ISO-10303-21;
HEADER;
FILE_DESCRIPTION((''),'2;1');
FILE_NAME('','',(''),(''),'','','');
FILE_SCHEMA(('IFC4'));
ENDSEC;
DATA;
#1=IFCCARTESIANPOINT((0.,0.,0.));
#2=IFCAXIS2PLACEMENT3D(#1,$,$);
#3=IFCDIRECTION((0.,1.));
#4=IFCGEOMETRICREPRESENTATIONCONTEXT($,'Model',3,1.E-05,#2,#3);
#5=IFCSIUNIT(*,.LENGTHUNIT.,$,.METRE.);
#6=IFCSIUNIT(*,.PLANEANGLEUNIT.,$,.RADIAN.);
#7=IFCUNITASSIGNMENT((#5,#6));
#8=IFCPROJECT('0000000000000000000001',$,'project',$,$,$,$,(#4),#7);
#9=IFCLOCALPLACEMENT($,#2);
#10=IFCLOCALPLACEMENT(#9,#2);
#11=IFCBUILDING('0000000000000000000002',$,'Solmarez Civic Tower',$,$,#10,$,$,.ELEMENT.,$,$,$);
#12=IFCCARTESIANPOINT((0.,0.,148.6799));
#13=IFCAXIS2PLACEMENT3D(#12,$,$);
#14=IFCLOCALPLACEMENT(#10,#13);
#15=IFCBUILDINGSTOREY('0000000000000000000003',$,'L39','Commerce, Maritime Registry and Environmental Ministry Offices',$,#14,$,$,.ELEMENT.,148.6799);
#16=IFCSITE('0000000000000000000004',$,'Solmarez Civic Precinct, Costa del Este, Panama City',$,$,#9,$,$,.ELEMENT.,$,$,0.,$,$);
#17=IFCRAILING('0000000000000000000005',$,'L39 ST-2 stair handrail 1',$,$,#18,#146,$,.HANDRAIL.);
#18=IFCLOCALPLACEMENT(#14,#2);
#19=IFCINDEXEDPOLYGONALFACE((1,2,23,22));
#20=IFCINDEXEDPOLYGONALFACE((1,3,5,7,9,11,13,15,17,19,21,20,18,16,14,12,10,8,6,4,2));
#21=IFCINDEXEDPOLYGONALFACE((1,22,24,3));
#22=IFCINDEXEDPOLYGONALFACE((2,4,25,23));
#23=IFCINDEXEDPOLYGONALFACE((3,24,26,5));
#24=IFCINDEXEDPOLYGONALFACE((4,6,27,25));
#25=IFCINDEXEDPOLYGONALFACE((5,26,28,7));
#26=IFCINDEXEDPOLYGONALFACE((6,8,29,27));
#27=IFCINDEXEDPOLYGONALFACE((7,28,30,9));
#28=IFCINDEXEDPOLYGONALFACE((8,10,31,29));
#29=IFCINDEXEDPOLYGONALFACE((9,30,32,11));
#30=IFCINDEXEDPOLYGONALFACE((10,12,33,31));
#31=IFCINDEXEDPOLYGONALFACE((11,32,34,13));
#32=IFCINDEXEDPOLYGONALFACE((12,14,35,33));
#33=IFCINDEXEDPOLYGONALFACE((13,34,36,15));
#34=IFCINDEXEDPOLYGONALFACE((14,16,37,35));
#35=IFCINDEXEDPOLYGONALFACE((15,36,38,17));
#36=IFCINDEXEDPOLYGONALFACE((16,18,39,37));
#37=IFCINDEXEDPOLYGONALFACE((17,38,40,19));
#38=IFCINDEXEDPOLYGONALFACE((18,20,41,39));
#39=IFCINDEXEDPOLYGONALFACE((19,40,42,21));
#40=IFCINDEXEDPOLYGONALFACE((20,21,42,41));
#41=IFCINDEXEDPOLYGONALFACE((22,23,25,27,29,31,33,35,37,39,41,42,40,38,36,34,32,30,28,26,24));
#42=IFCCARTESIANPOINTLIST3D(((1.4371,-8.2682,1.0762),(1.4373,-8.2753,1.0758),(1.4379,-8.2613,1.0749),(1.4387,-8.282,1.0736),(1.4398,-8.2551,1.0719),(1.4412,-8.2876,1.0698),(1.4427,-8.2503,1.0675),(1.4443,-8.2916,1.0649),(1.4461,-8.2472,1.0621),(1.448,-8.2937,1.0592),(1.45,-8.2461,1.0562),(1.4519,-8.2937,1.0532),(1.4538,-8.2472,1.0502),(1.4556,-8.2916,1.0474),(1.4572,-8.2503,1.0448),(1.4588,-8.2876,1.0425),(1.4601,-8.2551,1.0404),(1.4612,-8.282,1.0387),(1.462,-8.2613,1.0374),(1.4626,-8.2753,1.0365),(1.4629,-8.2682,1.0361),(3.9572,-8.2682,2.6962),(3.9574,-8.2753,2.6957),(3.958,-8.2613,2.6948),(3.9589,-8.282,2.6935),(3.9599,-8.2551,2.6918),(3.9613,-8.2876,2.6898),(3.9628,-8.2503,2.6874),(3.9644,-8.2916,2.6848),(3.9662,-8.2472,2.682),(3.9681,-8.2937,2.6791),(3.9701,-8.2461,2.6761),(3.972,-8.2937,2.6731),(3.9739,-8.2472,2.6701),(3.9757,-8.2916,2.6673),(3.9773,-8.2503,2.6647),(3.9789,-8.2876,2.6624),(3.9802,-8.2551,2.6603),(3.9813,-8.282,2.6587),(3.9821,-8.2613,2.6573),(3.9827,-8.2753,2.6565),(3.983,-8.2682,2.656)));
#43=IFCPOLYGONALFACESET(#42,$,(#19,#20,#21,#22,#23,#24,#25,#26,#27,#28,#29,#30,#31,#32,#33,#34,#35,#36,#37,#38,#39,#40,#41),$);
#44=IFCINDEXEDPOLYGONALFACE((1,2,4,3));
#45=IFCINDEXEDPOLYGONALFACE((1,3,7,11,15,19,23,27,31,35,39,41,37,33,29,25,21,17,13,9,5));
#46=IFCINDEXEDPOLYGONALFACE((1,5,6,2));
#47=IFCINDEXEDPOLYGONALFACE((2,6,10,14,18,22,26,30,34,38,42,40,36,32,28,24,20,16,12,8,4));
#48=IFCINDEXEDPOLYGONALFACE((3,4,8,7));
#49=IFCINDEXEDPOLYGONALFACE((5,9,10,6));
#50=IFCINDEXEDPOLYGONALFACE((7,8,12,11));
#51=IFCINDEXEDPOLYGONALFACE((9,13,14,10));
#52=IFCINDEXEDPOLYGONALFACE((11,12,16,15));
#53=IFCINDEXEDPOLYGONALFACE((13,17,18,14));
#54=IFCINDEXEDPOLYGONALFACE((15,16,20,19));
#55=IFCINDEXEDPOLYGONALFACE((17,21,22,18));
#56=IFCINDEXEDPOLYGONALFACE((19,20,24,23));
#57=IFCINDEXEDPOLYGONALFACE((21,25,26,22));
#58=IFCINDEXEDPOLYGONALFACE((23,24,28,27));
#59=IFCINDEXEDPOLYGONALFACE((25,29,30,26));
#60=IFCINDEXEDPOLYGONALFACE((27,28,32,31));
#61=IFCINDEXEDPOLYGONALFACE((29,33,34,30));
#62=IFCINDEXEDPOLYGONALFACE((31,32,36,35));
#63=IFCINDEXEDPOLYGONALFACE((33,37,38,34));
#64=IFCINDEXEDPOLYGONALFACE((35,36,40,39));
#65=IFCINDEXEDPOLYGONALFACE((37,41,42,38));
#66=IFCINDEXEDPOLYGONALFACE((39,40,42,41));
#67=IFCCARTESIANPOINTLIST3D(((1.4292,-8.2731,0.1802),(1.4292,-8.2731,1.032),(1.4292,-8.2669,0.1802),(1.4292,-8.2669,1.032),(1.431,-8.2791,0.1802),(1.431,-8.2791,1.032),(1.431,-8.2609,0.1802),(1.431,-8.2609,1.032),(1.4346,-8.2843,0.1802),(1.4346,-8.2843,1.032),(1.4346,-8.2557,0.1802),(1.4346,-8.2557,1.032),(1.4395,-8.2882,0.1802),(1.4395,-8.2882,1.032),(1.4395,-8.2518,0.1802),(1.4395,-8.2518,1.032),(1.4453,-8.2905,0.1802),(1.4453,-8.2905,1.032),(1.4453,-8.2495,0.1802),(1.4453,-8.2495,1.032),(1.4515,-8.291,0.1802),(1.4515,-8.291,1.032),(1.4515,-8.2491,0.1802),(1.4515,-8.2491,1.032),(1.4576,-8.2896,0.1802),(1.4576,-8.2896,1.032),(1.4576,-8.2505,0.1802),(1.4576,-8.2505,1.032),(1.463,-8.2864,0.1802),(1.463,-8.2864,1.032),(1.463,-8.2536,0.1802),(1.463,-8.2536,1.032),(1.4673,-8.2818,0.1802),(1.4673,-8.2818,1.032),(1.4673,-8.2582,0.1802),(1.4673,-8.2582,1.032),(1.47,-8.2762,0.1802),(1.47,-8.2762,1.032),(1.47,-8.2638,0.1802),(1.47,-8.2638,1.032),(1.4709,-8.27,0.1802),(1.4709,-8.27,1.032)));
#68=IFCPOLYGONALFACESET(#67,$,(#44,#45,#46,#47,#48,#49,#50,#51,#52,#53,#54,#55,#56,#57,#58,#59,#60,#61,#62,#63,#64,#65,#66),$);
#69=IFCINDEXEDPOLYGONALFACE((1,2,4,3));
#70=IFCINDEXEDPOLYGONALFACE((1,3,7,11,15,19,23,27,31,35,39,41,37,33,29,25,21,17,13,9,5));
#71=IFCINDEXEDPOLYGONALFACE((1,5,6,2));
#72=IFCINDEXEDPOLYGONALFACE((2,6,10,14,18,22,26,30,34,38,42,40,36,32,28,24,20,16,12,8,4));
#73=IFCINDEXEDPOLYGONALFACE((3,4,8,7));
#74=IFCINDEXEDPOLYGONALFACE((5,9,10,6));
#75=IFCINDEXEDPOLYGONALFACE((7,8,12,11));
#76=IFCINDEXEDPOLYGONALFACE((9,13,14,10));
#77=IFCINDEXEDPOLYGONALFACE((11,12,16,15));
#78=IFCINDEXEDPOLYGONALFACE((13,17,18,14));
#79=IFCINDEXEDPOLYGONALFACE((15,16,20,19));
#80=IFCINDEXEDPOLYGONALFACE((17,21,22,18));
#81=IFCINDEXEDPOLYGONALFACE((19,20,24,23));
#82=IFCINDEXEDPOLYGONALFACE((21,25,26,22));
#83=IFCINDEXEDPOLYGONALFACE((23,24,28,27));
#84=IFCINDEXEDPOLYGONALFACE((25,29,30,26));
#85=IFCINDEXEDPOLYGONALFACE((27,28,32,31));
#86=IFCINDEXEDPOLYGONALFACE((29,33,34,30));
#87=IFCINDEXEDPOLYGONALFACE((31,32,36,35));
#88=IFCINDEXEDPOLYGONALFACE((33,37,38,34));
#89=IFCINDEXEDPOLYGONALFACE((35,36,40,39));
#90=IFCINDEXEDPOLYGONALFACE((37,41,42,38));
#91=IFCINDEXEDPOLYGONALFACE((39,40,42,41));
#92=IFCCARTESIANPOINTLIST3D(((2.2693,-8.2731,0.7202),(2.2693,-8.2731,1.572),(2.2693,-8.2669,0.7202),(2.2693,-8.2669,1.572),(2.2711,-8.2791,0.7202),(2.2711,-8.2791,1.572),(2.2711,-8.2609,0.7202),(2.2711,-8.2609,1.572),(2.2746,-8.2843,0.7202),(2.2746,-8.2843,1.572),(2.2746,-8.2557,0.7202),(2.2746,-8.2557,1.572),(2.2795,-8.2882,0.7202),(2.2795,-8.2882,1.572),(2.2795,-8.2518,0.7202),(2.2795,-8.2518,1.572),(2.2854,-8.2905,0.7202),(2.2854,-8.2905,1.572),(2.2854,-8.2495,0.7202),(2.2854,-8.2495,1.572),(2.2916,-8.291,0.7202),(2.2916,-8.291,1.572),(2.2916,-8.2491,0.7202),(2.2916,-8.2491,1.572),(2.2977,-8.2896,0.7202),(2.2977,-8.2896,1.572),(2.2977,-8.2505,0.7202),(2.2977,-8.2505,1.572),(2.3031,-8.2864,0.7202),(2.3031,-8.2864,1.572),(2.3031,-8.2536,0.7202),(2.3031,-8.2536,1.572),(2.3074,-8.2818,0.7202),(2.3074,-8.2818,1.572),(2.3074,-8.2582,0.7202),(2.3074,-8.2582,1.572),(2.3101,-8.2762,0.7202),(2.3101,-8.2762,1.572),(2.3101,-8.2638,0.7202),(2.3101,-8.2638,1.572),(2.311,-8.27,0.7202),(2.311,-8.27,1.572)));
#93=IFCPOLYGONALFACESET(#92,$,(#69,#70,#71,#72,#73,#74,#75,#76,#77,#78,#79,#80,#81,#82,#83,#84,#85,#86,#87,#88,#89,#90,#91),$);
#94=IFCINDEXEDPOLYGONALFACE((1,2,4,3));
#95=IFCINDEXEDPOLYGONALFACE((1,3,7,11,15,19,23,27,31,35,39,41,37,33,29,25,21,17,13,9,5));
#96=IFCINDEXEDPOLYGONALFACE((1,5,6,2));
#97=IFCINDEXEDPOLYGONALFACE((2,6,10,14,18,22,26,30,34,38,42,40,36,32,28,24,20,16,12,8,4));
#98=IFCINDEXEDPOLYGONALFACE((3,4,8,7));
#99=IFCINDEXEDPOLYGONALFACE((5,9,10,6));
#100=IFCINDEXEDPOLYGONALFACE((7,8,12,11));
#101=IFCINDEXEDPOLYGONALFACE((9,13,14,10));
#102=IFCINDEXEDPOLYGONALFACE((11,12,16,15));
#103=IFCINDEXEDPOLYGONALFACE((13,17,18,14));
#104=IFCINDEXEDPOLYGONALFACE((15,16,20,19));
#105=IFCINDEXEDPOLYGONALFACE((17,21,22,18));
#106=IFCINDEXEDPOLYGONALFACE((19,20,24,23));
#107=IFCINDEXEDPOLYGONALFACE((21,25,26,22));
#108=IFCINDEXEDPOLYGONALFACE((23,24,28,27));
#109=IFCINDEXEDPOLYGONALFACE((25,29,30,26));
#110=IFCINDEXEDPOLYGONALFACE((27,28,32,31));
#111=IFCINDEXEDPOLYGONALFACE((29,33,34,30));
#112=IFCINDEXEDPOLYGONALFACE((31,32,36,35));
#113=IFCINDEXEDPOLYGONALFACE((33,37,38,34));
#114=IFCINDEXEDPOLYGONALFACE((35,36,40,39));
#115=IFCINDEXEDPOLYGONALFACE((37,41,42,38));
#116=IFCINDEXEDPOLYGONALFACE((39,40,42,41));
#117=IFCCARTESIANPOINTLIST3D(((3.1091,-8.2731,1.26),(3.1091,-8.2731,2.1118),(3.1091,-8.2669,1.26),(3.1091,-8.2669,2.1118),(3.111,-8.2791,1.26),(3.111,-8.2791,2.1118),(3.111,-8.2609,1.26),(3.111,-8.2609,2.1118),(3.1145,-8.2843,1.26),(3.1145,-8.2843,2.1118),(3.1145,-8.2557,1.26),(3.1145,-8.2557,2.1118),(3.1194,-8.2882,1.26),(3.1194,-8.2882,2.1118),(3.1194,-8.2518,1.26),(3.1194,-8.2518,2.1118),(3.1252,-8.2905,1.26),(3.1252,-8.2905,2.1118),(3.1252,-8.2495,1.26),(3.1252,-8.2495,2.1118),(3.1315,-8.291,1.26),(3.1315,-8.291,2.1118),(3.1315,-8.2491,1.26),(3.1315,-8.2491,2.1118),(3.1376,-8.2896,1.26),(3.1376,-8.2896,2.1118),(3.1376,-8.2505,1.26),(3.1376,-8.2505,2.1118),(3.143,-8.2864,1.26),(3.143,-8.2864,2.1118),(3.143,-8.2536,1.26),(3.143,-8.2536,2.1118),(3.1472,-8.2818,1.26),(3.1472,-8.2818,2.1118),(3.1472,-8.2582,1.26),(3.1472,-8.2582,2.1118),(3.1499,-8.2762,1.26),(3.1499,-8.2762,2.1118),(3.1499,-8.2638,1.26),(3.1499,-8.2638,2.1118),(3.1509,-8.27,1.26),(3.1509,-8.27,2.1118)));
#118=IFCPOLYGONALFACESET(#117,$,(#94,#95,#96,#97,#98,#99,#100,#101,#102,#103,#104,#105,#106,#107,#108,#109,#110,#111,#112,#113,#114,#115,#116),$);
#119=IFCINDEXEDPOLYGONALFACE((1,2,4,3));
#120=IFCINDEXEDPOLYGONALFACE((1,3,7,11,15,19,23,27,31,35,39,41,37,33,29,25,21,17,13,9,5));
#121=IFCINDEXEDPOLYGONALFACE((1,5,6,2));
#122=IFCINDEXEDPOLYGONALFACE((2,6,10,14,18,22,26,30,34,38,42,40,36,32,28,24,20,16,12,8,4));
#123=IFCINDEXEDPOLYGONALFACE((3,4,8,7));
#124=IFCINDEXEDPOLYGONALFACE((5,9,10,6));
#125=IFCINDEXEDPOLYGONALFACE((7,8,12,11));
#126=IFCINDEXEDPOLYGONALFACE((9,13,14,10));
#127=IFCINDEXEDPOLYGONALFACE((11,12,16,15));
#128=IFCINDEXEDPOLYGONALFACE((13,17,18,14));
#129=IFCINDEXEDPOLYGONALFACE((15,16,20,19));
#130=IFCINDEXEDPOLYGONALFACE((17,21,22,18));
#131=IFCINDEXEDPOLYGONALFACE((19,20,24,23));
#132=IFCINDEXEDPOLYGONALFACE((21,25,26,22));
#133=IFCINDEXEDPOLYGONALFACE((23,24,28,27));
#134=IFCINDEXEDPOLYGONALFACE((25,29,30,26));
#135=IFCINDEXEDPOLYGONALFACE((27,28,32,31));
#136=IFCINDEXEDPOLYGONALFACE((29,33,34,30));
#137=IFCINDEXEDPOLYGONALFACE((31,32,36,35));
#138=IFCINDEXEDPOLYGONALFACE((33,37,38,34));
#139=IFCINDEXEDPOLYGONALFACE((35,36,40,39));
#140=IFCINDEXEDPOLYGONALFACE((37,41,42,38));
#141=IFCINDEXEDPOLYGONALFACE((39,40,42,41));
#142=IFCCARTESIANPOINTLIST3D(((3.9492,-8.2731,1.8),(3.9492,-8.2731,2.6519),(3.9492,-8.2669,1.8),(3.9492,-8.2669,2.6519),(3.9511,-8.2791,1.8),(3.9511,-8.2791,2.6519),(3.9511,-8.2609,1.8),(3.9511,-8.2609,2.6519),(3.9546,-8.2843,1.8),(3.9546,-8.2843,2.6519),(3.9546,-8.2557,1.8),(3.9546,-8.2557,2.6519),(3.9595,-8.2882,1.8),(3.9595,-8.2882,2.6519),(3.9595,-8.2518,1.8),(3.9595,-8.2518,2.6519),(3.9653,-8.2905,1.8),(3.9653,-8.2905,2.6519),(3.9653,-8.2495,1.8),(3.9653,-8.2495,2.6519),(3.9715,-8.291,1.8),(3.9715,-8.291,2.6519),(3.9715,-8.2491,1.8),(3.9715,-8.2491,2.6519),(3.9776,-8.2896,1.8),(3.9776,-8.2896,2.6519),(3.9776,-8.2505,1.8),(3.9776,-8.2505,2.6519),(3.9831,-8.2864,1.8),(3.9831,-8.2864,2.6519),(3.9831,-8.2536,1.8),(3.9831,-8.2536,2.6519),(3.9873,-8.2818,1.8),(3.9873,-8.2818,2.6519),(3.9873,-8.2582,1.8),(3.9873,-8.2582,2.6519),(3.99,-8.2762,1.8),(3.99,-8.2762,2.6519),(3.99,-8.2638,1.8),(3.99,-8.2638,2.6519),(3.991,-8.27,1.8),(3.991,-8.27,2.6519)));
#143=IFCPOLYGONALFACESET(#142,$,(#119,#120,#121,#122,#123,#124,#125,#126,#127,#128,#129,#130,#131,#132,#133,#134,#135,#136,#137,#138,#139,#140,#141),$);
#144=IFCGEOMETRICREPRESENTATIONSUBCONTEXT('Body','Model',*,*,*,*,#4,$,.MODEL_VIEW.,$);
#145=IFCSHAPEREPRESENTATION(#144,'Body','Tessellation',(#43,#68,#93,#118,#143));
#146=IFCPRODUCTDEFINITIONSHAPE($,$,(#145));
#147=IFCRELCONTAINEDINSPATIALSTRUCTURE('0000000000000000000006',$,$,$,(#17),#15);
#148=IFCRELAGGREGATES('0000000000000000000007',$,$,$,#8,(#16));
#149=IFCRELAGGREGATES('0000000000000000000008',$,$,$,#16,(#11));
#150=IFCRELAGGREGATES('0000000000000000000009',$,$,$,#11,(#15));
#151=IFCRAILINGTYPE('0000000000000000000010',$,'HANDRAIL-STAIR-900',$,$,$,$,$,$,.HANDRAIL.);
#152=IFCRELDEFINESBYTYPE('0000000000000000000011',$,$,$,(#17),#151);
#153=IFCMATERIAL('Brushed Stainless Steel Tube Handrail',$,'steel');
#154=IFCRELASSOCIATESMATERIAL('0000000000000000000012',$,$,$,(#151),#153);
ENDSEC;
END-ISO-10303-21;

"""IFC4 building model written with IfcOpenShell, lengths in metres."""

from ifc_helpers import new_model, si_unit, direction, frame, origin, origin_2d, place, context, subcontext, project, spatial, circle, extrude, material, type_object, element, save


model = new_model("IFC4")

# Units and contexts
model_context = context("Model", 3, precision=1e-05, world=origin(), true_north=direction((0.0, 1.0)))
body_context = subcontext(model_context, "Body", "Model", "MODEL_VIEW")
ifc_project = project(units=[si_unit("LENGTHUNIT", "METRE"), si_unit("PLANEANGLEUNIT", "RADIAN")], contexts=[model_context])

# Site, building, storey
site_placement = place(None, origin())
site = spatial("IfcSite", under=ifc_project, at=site_placement, Name="Solmarez Civic Precinct, Costa del Este, Panama City", CompositionType="ELEMENT", RefElevation=0.0)
building_placement = place(site_placement, origin())
building = spatial("IfcBuilding", under=site, at=building_placement, Name="Solmarez Civic Tower", CompositionType="ELEMENT")
storey_placement = place(building_placement, frame((0.0, 0.0, 148.6799)))
storey = spatial("IfcBuildingStorey", under=building, at=storey_placement, Name="L39", Description="Commerce, Maritime Registry and Environmental Ministry Offices", CompositionType="ELEMENT", Elevation=148.6799)

# Railing
ifc_material_1 = material(Name="Brushed Stainless Steel Tube Handrail", Category="steel")
railing_type_1 = type_object("IfcRailingType", Name="HANDRAIL-STAIR-900", PredefinedType="HANDRAIL", material=ifc_material_1)
railing_1_placement = place(storey_placement, frame((1.45, -8.27, 0.1802)))
element("IfcRailing", 1, at=railing_1_placement, inside=storey, type_object=railing_type_1, Name="L39 ST-2 stair handrail 1", PredefinedType="HANDRAIL", context=body_context, shape_type="SweptSolid", body=[
    extrude(circle(Radius=0.0239, at=origin_2d()), frame((0.0, 0.0, 0.876), z_axis=(0.8412, 0.0, 0.540725), x_axis=(0.0, 1.0, 0.0)), (0.0, 0.0, 1.0), 2.9958),
    extrude(circle(Radius=0.021, at=origin_2d()), origin(), (0.0, 0.0, 1.0), 0.8518),
    extrude(circle(Radius=0.021, at=origin_2d()), frame((0.8401, 0.0, 0.54)), (0.0, 0.0, 1.0), 0.8518),
    extrude(circle(Radius=0.021, at=origin_2d()), frame((1.6799, 0.0, 1.0798)), (0.0, 0.0, 1.0), 0.8518),
    extrude(circle(Radius=0.021, at=origin_2d()), frame((2.52, 0.0, 1.6199)), (0.0, 0.0, 1.0), 0.8518),
])

save(model, "model.ifc")
